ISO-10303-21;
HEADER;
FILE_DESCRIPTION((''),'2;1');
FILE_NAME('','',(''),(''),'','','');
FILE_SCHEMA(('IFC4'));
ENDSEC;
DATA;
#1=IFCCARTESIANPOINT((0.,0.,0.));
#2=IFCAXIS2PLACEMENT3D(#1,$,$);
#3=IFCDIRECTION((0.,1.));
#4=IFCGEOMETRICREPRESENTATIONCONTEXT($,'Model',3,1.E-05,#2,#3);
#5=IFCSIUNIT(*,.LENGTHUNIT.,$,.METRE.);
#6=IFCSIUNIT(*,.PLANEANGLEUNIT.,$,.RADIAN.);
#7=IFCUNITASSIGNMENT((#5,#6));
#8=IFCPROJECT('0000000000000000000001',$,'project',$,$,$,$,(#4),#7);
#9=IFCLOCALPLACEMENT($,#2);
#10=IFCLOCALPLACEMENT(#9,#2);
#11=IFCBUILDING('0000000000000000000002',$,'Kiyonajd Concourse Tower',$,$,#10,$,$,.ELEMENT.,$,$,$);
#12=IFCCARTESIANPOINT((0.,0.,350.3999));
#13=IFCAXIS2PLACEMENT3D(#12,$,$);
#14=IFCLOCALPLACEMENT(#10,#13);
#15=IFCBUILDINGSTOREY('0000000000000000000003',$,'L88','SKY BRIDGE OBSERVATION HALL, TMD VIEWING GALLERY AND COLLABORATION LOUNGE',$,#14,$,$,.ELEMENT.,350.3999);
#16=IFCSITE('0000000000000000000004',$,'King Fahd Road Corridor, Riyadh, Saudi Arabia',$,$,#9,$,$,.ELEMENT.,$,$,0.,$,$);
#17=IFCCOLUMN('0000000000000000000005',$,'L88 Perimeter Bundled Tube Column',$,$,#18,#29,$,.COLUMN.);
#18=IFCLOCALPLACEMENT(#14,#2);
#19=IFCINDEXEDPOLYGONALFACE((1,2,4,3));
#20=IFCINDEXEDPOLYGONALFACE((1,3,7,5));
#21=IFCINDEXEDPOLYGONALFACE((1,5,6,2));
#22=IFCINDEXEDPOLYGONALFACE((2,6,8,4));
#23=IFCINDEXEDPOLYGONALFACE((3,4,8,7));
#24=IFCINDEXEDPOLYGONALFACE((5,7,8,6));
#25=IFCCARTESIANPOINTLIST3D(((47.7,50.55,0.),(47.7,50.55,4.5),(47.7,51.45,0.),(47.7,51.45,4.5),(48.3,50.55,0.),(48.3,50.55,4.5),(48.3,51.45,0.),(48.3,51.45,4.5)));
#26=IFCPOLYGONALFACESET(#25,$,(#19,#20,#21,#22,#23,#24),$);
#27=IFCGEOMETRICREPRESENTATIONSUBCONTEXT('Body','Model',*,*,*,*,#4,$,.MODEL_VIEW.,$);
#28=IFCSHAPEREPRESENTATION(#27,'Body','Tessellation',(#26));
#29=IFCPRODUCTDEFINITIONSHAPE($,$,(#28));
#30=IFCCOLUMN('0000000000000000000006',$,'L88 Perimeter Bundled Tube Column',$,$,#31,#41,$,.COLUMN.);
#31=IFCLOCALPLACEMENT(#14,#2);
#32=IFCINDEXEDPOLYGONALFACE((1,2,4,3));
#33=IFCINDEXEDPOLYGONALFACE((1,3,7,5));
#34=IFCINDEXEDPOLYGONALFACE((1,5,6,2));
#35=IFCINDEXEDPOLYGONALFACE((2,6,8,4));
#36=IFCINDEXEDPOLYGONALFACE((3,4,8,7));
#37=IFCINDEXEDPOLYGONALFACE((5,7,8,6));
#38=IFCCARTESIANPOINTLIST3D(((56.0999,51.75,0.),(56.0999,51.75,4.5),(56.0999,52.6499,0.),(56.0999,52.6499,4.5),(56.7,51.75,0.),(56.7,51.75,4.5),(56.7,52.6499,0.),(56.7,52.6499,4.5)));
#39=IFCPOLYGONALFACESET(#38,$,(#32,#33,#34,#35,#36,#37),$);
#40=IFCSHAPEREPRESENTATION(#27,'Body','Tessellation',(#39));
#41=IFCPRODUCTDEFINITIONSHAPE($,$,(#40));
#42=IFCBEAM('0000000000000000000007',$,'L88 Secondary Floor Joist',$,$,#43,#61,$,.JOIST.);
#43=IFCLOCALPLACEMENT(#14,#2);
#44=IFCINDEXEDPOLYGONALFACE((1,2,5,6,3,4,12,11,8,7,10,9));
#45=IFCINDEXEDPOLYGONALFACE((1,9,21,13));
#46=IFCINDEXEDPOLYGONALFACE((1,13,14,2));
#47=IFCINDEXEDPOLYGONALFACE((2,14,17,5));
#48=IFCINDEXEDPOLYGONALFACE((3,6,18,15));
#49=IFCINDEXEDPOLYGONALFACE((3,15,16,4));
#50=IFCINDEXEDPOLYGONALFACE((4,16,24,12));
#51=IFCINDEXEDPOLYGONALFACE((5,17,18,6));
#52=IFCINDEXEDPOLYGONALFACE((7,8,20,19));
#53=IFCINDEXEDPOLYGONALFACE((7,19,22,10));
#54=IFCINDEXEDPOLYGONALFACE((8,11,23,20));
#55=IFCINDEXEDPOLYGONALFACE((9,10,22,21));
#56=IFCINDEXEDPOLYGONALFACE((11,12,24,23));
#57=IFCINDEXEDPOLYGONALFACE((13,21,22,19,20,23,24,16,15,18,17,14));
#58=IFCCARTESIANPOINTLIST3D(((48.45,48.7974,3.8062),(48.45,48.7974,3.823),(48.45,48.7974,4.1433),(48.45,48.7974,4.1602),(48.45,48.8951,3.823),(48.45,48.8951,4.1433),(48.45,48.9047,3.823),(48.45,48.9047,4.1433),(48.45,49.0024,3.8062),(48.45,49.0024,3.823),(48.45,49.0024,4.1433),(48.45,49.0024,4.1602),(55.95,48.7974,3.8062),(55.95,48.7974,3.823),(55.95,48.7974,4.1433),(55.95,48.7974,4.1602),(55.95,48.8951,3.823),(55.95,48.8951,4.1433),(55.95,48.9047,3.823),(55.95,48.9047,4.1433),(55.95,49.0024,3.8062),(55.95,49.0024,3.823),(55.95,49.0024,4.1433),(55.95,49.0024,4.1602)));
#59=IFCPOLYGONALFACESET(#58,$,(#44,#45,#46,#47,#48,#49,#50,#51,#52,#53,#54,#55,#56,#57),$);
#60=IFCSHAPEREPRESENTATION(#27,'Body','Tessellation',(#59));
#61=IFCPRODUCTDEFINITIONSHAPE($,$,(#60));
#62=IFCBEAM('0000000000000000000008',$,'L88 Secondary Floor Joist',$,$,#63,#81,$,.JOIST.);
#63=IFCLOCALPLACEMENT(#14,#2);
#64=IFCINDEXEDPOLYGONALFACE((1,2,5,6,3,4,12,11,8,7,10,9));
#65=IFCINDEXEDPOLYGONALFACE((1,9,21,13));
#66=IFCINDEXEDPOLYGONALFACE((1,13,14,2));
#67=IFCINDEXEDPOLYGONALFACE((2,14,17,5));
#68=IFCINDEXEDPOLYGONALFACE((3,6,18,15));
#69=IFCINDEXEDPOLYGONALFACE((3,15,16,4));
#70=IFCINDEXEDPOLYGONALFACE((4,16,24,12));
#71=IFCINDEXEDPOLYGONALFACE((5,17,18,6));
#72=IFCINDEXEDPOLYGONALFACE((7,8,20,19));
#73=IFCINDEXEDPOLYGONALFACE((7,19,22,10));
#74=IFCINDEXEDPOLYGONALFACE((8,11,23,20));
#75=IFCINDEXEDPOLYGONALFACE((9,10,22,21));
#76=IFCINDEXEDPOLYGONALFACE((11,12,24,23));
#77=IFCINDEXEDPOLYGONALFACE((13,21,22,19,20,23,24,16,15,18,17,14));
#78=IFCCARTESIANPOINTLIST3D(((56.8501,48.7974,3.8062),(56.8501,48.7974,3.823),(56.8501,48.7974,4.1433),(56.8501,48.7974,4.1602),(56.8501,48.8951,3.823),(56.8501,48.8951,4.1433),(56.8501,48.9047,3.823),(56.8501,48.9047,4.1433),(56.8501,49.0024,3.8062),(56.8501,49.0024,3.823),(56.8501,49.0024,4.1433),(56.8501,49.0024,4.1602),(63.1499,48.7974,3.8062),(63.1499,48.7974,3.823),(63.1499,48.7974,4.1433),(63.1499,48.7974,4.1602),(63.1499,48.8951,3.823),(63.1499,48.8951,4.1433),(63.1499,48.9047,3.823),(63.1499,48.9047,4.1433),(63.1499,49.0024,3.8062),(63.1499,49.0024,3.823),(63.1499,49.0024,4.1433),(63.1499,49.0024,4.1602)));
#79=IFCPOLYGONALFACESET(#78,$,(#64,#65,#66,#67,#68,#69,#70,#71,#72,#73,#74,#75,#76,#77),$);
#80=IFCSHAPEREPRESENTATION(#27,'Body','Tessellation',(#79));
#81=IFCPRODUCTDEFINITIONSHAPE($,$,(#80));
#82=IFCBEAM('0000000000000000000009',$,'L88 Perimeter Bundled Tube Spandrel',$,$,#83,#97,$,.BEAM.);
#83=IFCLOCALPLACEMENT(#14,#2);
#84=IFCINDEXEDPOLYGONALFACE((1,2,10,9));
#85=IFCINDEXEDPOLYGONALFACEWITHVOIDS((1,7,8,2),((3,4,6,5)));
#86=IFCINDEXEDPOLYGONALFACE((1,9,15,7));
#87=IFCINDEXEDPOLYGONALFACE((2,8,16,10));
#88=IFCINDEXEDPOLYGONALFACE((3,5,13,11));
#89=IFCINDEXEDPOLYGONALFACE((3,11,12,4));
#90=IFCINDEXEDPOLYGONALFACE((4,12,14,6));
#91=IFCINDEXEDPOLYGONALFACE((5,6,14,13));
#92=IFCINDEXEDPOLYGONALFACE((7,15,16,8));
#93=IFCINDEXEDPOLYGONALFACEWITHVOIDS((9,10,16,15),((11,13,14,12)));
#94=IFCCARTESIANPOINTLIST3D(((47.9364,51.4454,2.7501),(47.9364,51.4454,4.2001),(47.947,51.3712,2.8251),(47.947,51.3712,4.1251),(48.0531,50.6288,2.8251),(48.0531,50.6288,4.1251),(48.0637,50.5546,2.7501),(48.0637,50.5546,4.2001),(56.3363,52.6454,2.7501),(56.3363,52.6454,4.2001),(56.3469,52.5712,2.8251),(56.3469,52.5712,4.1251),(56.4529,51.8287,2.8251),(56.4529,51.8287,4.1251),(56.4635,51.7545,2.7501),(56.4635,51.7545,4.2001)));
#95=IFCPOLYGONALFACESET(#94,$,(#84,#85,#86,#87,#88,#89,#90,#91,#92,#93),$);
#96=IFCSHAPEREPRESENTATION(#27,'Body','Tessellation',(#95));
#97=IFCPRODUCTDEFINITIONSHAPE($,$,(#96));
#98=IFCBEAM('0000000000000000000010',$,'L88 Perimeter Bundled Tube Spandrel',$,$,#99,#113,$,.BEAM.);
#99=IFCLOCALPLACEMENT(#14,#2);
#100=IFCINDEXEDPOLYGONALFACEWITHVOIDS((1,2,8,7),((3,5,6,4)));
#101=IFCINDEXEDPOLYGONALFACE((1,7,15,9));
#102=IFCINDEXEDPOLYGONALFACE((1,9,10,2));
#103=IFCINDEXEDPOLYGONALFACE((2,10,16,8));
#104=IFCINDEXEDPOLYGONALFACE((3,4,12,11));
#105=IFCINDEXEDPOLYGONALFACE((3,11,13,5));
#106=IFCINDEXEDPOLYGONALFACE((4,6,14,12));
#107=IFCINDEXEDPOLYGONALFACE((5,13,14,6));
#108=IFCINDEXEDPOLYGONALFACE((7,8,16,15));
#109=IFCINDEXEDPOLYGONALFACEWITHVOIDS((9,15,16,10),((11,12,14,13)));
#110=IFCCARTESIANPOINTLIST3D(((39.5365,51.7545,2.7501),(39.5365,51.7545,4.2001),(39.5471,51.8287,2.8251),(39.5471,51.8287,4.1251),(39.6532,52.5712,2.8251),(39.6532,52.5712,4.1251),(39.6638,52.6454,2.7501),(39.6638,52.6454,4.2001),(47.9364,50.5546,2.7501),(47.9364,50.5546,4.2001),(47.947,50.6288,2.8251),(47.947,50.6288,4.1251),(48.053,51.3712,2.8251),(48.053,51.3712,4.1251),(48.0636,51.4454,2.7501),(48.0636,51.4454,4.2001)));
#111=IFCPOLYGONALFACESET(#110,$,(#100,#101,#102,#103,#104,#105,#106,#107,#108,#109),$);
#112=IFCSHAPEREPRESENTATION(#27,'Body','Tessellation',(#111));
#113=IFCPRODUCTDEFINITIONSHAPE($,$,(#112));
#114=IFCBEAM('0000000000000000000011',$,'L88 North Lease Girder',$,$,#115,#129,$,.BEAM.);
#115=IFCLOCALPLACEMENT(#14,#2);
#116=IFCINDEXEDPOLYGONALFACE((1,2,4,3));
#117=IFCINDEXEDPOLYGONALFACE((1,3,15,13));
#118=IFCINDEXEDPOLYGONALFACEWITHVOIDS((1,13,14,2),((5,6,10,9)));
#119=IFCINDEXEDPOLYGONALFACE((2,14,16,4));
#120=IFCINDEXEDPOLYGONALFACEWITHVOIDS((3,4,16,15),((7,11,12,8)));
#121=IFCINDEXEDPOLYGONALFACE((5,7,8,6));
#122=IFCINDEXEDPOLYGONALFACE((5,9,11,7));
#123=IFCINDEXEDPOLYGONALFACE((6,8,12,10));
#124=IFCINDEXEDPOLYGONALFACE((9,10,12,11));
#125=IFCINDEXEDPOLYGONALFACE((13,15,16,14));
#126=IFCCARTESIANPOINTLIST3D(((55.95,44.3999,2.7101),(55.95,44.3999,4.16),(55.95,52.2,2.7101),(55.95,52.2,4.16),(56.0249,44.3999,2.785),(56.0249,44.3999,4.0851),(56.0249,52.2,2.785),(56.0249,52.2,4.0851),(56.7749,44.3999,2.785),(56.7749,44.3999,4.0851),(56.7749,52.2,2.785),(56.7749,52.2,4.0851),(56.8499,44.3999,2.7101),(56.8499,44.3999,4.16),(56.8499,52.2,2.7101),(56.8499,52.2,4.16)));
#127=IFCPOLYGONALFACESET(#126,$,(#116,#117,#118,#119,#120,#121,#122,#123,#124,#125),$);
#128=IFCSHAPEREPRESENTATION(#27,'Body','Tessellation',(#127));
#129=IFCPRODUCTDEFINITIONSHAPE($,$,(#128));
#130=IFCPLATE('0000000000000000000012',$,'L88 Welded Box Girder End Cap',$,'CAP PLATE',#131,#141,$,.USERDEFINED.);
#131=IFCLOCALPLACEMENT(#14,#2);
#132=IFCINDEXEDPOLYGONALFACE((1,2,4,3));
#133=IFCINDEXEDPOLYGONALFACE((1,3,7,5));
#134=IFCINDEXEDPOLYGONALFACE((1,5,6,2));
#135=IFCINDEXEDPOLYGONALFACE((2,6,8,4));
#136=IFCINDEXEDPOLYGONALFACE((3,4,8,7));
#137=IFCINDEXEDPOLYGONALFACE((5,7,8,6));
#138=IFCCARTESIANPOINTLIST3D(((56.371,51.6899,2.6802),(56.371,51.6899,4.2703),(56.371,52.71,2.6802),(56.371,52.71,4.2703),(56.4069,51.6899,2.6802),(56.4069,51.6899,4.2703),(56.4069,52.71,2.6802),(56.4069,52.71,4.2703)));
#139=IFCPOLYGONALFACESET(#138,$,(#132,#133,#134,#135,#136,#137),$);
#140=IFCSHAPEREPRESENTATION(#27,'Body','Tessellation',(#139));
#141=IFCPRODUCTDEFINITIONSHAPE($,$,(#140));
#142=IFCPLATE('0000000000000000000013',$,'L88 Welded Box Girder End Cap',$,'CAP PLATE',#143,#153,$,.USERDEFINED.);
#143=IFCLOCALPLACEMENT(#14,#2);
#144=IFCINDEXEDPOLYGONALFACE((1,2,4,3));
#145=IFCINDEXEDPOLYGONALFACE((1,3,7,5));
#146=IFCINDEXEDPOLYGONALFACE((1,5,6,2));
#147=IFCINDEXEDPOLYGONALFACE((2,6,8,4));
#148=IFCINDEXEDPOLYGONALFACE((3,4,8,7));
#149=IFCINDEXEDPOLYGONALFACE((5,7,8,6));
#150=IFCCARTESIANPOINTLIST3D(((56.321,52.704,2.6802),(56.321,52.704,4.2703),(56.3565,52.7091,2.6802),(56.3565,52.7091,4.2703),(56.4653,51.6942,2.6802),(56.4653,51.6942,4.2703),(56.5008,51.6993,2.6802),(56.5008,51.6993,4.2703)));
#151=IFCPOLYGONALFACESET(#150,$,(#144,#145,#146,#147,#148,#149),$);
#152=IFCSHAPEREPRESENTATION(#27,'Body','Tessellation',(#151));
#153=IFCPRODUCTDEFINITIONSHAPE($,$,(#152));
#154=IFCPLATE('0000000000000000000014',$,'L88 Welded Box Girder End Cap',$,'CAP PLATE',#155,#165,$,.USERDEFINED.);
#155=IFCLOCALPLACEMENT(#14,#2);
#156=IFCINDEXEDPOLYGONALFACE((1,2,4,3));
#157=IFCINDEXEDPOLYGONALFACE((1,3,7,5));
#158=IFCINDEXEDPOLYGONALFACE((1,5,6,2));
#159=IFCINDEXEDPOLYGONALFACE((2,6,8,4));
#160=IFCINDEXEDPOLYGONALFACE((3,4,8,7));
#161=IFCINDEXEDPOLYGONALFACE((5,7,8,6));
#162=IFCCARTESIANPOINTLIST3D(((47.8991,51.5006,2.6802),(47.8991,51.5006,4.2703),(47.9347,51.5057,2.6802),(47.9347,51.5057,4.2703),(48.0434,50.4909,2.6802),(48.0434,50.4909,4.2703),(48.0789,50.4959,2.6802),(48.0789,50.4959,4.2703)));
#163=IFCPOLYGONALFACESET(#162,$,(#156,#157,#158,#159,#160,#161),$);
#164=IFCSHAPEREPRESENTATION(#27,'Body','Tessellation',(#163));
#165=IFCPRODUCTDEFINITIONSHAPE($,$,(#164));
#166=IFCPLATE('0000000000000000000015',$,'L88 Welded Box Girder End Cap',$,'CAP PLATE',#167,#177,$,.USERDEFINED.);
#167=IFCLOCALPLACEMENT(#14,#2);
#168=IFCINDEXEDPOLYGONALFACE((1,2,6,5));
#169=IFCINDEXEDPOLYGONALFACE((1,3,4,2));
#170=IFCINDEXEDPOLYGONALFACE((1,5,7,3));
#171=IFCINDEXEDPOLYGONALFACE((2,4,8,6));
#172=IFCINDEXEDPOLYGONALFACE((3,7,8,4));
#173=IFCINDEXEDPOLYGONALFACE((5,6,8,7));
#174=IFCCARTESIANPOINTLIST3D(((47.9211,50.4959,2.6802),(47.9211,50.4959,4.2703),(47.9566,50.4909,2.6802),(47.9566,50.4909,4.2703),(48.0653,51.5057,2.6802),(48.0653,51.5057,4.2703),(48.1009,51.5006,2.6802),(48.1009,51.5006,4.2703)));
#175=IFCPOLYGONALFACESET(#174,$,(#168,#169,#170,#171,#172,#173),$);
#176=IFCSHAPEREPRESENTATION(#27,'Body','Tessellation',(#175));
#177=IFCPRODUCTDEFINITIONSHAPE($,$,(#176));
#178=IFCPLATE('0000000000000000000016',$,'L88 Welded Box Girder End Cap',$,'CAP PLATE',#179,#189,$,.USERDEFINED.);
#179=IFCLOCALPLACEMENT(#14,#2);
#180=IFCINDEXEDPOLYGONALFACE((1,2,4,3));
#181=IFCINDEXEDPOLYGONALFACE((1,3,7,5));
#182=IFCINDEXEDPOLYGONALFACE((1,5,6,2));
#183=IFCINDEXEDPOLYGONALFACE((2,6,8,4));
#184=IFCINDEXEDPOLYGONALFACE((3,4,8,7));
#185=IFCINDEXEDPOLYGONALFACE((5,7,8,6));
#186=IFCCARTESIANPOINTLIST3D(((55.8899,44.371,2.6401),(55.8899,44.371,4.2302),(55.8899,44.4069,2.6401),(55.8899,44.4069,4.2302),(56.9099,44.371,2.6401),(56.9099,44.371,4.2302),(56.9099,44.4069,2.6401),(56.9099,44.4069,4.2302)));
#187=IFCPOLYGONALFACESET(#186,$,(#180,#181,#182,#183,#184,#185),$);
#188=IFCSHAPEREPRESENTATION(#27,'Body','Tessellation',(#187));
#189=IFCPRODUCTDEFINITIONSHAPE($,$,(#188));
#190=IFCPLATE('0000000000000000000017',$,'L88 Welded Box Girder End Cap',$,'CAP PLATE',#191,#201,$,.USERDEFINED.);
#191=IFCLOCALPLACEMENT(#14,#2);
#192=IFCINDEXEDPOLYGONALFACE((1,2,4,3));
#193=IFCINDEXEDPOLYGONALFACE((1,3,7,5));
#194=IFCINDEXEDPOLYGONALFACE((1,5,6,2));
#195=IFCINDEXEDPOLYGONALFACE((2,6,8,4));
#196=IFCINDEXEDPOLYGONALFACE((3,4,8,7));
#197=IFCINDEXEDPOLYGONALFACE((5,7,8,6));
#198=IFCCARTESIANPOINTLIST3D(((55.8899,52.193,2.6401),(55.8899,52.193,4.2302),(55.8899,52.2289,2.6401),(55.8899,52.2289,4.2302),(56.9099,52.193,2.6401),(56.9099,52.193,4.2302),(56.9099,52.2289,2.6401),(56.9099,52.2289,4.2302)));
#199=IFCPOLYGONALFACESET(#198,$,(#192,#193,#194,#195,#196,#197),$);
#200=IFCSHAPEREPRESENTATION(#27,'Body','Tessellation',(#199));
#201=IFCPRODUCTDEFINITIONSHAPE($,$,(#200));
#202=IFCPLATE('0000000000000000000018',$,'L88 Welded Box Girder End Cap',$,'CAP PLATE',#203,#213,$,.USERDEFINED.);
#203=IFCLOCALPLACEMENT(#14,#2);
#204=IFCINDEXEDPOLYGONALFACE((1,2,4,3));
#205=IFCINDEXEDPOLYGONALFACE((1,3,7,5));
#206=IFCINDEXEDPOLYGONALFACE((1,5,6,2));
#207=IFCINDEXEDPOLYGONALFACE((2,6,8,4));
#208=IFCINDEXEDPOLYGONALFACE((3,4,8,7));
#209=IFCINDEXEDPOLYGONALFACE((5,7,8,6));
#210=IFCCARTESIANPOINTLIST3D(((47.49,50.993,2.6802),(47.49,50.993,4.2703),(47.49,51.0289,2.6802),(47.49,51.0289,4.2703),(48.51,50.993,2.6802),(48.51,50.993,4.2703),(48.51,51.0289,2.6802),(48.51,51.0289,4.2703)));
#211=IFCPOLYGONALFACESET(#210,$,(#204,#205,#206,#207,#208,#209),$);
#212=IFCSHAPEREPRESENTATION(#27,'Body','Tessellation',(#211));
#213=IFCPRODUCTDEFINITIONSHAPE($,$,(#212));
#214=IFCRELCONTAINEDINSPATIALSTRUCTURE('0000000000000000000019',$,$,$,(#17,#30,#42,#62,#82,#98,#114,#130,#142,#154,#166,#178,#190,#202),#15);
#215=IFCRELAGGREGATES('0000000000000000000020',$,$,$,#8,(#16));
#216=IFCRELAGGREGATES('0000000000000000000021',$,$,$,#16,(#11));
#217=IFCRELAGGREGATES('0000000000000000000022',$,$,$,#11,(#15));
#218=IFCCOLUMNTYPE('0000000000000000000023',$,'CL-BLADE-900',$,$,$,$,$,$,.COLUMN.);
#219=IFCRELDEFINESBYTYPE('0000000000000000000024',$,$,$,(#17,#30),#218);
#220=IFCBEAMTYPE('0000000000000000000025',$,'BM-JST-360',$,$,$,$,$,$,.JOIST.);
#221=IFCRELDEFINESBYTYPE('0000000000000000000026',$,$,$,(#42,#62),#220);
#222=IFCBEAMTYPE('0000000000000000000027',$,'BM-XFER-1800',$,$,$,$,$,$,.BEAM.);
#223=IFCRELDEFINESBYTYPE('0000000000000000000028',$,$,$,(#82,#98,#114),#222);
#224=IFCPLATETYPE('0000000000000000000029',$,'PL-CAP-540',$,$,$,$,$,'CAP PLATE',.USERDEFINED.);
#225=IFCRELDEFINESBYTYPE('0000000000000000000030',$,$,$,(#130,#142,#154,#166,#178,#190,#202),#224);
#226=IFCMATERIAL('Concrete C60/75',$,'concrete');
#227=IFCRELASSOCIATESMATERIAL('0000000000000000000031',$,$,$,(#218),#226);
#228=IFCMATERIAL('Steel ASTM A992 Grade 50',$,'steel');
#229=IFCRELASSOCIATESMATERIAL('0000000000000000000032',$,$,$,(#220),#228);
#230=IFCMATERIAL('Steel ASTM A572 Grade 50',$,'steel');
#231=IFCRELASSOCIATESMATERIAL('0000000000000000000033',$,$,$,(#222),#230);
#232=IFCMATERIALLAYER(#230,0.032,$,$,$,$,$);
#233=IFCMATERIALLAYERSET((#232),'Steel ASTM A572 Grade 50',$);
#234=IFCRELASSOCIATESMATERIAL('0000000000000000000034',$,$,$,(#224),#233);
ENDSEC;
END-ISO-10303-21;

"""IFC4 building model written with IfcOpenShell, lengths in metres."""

from ifc_helpers import new_model, si_unit, direction, frame, origin, origin_2d, place, context, subcontext, project, spatial, rectangle, hollow_rectangle, i_section, extrude, material, layer, layer_set, material_profile, profile_set, type_object, element, save


model = new_model("IFC4")

# Units and contexts
model_context = context("Model", 3, precision=1e-05, world=origin(), true_north=direction((0.0, 1.0)))
body_context = subcontext(model_context, "Body", "Model", "MODEL_VIEW")
ifc_project = project(units=[si_unit("LENGTHUNIT", "METRE"), si_unit("PLANEANGLEUNIT", "RADIAN")], contexts=[model_context])

# Site, building, storey
site_placement = place(None, origin())
site = spatial("IfcSite", under=ifc_project, at=site_placement, Name="King Fahd Road Corridor, Riyadh, Saudi Arabia", CompositionType="ELEMENT", RefElevation=0.0)
building_placement = place(site_placement, origin())
building = spatial("IfcBuilding", under=site, at=building_placement, Name="Kiyonajd Concourse Tower", CompositionType="ELEMENT")
storey_placement = place(building_placement, frame((0.0, 0.0, 350.3999)))
storey = spatial("IfcBuildingStorey", under=building, at=storey_placement, Name="L88", Description="SKY BRIDGE OBSERVATION HALL, TMD VIEWING GALLERY AND COLLABORATION LOUNGE", CompositionType="ELEMENT", Elevation=350.3999)

# Columns
ifc_material_1 = material(Name="Concrete C60/75", Category="concrete")
ifc_material_profile_1 = material_profile(ifc_material_1, rectangle(XDim=0.6001, YDim=0.8999, at=origin_2d()), Name="RC-900x600")
ifc_profile_set_1 = profile_set([ifc_material_profile_1], Name="Concrete C60/75")
column_type = type_object("IfcColumnType", Name="CL-BLADE-900", PredefinedType="COLUMN", material=ifc_profile_set_1)
for number, where, z_axis, x_axis, name in (
    (1, (48.0, 51.0, 0.0), (0.0, 0.0, 1.0), (1.0, 0.0, 0.0), "L88 Perimeter Bundled Tube Column"),
    (2, (56.3999, 52.2, 0.0), (0.0, 0.0, 1.0), (1.0, 0.0, 0.0), "L88 Perimeter Bundled Tube Column"),
):
    element("IfcColumn", number, at=place(storey_placement, frame(where, z_axis=z_axis, x_axis=x_axis)), inside=storey, type_object=column_type, Name=name, PredefinedType="COLUMN", context=body_context, shape_type="SweptSolid", body=[
        extrude(rectangle(XDim=0.6001, YDim=0.8999, at=origin_2d()), origin(), (0.0, 0.0, 1.0), 4.5),
    ])

# Beams
ifc_material_2 = material(Name="Steel ASTM A992 Grade 50", Category="steel")
ifc_material_profile_2 = material_profile(ifc_material_2, i_section(OverallWidth=0.2051, OverallDepth=0.354, WebThickness=0.0095, FlangeThickness=0.0168, at=origin_2d()), Name="W360X79")
ifc_profile_set_2 = profile_set([ifc_material_profile_2], Name="Steel ASTM A992 Grade 50")
beam_type_1 = type_object("IfcBeamType", Name="BM-JST-360", PredefinedType="JOIST", material=ifc_profile_set_2)
beam_1_placement = place(storey_placement, frame((48.45, 48.8999, 3.9832), z_axis=(1.0, 0.0, 0.0), x_axis=(0.0, 1.0, 0.0)))
element("IfcBeam", 3, at=beam_1_placement, inside=storey, type_object=beam_type_1, Name="L88 Secondary Floor Joist", PredefinedType="JOIST", context=body_context, shape_type="SweptSolid", body=[
    extrude(i_section(OverallWidth=0.2051, OverallDepth=0.354, WebThickness=0.0095, FlangeThickness=0.0168, at=origin_2d()), origin(), (0.0, 0.0, 1.0), 7.5),
])
beam_2_placement = place(storey_placement, frame((56.8501, 48.8999, 3.9832), z_axis=(1.0, 0.0, 0.0), x_axis=(0.0, 1.0, 0.0)))
element("IfcBeam", 4, at=beam_2_placement, inside=storey, type_object=beam_type_1, Name="L88 Secondary Floor Joist", PredefinedType="JOIST", context=body_context, shape_type="SweptSolid", body=[
    extrude(i_section(OverallWidth=0.2051, OverallDepth=0.354, WebThickness=0.0095, FlangeThickness=0.0168, at=origin_2d()), origin(), (0.0, 0.0, 1.0), 6.2998),
])
ifc_material_3 = material(Name="Steel ASTM A572 Grade 50", Category="steel")
ifc_material_profile_3 = material_profile(ifc_material_3, hollow_rectangle(XDim=0.8999, YDim=1.45, WallThickness=0.075, at=origin_2d()), Name="BOX-1450x900x75")
ifc_profile_set_3 = profile_set([ifc_material_profile_3], Name="Steel ASTM A572 Grade 50")
beam_type_2 = type_object("IfcBeamType", Name="BM-XFER-1800", PredefinedType="BEAM", material=ifc_profile_set_3)
for number, where, z_axis, x_axis, name in (
    (5, (56.3999, 52.2, 3.4751), (-0.98995, -0.141417, 0.0), (0.141417, -0.98995, 0.0), "L88 Perimeter Bundled Tube Spandrel"),
    (6, (48.0, 51.0, 3.4751), (-0.98995, 0.141417, 0.0), (-0.141417, -0.98995, 0.0), "L88 Perimeter Bundled Tube Spandrel"),
):
    element("IfcBeam", number, at=place(storey_placement, frame(where, z_axis=z_axis, x_axis=x_axis)), inside=storey, type_object=beam_type_2, Name=name, PredefinedType="BEAM", context=body_context, shape_type="SweptSolid", body=[
        extrude(hollow_rectangle(XDim=0.8999, YDim=1.45, WallThickness=0.075, at=origin_2d()), origin(), (0.0, 0.0, 1.0), 8.4851),
    ])
beam_3_placement = place(storey_placement, frame((56.3999, 44.3999, 3.4351), z_axis=(0.0, 1.0, 0.0), x_axis=(-1.0, 0.0, 0.0)))
element("IfcBeam", 7, at=beam_3_placement, inside=storey, type_object=beam_type_2, Name="L88 North Lease Girder", PredefinedType="BEAM", context=body_context, shape_type="SweptSolid", body=[
    extrude(hollow_rectangle(XDim=0.8999, YDim=1.45, WallThickness=0.075, at=origin_2d()), origin(), (0.0, 0.0, 1.0), 7.8),
])

# Plates
ifc_layer_1 = layer(ifc_material_3, 0.032)
ifc_layer_set_1 = layer_set([ifc_layer_1], Name="Steel ASTM A572 Grade 50")
plate_type_1 = type_object("IfcPlateType", Name="PL-CAP-540", ElementType="CAP PLATE", PredefinedType="USERDEFINED", material=ifc_layer_set_1)
for number, where, z_axis, x_axis, name in (
    (8, (56.3889, 52.2, 2.6802), (0.0, 0.0, 1.0), (-1.0, 0.0, 0.0), "L88 Welded Box Girder End Cap"),
    (9, (56.4109, 52.2017, 2.6802), (0.0, 0.0, 1.0), (0.98995, 0.14142, 0.0), "L88 Welded Box Girder End Cap"),
    (10, (47.989, 50.9983, 2.6802), (0.0, 0.0, 1.0), (-0.98995, -0.14142, 0.0), "L88 Welded Box Girder End Cap"),
    (11, (48.011, 50.9983, 2.6802), (0.0, 0.0, 1.0), (0.98995, -0.14142, 0.0), "L88 Welded Box Girder End Cap"),
    (12, (56.3999, 44.3889, 2.6401), (0.0, 0.0, 1.0), (0.0, -1.0, 0.0), "L88 Welded Box Girder End Cap"),
    (13, (56.3999, 52.2109, 2.6401), (0.0, 0.0, 1.0), (0.0, 1.0, 0.0), "L88 Welded Box Girder End Cap"),
    (14, (48.0, 51.011, 2.6802), (0.0, 0.0, 1.0), (0.0, 1.0, 0.0), "L88 Welded Box Girder End Cap"),
):
    element("IfcPlate", number, at=place(storey_placement, frame(where, z_axis=z_axis, x_axis=x_axis)), inside=storey, type_object=plate_type_1, Name=name, ObjectType="CAP PLATE", PredefinedType="USERDEFINED", context=body_context, shape_type="SweptSolid", body=[
        extrude(rectangle(XDim=0.0359, YDim=1.02, at=origin_2d()), origin(), (0.0, 0.0, 1.0), 1.5901),
    ])

save(model, "model.ifc")
